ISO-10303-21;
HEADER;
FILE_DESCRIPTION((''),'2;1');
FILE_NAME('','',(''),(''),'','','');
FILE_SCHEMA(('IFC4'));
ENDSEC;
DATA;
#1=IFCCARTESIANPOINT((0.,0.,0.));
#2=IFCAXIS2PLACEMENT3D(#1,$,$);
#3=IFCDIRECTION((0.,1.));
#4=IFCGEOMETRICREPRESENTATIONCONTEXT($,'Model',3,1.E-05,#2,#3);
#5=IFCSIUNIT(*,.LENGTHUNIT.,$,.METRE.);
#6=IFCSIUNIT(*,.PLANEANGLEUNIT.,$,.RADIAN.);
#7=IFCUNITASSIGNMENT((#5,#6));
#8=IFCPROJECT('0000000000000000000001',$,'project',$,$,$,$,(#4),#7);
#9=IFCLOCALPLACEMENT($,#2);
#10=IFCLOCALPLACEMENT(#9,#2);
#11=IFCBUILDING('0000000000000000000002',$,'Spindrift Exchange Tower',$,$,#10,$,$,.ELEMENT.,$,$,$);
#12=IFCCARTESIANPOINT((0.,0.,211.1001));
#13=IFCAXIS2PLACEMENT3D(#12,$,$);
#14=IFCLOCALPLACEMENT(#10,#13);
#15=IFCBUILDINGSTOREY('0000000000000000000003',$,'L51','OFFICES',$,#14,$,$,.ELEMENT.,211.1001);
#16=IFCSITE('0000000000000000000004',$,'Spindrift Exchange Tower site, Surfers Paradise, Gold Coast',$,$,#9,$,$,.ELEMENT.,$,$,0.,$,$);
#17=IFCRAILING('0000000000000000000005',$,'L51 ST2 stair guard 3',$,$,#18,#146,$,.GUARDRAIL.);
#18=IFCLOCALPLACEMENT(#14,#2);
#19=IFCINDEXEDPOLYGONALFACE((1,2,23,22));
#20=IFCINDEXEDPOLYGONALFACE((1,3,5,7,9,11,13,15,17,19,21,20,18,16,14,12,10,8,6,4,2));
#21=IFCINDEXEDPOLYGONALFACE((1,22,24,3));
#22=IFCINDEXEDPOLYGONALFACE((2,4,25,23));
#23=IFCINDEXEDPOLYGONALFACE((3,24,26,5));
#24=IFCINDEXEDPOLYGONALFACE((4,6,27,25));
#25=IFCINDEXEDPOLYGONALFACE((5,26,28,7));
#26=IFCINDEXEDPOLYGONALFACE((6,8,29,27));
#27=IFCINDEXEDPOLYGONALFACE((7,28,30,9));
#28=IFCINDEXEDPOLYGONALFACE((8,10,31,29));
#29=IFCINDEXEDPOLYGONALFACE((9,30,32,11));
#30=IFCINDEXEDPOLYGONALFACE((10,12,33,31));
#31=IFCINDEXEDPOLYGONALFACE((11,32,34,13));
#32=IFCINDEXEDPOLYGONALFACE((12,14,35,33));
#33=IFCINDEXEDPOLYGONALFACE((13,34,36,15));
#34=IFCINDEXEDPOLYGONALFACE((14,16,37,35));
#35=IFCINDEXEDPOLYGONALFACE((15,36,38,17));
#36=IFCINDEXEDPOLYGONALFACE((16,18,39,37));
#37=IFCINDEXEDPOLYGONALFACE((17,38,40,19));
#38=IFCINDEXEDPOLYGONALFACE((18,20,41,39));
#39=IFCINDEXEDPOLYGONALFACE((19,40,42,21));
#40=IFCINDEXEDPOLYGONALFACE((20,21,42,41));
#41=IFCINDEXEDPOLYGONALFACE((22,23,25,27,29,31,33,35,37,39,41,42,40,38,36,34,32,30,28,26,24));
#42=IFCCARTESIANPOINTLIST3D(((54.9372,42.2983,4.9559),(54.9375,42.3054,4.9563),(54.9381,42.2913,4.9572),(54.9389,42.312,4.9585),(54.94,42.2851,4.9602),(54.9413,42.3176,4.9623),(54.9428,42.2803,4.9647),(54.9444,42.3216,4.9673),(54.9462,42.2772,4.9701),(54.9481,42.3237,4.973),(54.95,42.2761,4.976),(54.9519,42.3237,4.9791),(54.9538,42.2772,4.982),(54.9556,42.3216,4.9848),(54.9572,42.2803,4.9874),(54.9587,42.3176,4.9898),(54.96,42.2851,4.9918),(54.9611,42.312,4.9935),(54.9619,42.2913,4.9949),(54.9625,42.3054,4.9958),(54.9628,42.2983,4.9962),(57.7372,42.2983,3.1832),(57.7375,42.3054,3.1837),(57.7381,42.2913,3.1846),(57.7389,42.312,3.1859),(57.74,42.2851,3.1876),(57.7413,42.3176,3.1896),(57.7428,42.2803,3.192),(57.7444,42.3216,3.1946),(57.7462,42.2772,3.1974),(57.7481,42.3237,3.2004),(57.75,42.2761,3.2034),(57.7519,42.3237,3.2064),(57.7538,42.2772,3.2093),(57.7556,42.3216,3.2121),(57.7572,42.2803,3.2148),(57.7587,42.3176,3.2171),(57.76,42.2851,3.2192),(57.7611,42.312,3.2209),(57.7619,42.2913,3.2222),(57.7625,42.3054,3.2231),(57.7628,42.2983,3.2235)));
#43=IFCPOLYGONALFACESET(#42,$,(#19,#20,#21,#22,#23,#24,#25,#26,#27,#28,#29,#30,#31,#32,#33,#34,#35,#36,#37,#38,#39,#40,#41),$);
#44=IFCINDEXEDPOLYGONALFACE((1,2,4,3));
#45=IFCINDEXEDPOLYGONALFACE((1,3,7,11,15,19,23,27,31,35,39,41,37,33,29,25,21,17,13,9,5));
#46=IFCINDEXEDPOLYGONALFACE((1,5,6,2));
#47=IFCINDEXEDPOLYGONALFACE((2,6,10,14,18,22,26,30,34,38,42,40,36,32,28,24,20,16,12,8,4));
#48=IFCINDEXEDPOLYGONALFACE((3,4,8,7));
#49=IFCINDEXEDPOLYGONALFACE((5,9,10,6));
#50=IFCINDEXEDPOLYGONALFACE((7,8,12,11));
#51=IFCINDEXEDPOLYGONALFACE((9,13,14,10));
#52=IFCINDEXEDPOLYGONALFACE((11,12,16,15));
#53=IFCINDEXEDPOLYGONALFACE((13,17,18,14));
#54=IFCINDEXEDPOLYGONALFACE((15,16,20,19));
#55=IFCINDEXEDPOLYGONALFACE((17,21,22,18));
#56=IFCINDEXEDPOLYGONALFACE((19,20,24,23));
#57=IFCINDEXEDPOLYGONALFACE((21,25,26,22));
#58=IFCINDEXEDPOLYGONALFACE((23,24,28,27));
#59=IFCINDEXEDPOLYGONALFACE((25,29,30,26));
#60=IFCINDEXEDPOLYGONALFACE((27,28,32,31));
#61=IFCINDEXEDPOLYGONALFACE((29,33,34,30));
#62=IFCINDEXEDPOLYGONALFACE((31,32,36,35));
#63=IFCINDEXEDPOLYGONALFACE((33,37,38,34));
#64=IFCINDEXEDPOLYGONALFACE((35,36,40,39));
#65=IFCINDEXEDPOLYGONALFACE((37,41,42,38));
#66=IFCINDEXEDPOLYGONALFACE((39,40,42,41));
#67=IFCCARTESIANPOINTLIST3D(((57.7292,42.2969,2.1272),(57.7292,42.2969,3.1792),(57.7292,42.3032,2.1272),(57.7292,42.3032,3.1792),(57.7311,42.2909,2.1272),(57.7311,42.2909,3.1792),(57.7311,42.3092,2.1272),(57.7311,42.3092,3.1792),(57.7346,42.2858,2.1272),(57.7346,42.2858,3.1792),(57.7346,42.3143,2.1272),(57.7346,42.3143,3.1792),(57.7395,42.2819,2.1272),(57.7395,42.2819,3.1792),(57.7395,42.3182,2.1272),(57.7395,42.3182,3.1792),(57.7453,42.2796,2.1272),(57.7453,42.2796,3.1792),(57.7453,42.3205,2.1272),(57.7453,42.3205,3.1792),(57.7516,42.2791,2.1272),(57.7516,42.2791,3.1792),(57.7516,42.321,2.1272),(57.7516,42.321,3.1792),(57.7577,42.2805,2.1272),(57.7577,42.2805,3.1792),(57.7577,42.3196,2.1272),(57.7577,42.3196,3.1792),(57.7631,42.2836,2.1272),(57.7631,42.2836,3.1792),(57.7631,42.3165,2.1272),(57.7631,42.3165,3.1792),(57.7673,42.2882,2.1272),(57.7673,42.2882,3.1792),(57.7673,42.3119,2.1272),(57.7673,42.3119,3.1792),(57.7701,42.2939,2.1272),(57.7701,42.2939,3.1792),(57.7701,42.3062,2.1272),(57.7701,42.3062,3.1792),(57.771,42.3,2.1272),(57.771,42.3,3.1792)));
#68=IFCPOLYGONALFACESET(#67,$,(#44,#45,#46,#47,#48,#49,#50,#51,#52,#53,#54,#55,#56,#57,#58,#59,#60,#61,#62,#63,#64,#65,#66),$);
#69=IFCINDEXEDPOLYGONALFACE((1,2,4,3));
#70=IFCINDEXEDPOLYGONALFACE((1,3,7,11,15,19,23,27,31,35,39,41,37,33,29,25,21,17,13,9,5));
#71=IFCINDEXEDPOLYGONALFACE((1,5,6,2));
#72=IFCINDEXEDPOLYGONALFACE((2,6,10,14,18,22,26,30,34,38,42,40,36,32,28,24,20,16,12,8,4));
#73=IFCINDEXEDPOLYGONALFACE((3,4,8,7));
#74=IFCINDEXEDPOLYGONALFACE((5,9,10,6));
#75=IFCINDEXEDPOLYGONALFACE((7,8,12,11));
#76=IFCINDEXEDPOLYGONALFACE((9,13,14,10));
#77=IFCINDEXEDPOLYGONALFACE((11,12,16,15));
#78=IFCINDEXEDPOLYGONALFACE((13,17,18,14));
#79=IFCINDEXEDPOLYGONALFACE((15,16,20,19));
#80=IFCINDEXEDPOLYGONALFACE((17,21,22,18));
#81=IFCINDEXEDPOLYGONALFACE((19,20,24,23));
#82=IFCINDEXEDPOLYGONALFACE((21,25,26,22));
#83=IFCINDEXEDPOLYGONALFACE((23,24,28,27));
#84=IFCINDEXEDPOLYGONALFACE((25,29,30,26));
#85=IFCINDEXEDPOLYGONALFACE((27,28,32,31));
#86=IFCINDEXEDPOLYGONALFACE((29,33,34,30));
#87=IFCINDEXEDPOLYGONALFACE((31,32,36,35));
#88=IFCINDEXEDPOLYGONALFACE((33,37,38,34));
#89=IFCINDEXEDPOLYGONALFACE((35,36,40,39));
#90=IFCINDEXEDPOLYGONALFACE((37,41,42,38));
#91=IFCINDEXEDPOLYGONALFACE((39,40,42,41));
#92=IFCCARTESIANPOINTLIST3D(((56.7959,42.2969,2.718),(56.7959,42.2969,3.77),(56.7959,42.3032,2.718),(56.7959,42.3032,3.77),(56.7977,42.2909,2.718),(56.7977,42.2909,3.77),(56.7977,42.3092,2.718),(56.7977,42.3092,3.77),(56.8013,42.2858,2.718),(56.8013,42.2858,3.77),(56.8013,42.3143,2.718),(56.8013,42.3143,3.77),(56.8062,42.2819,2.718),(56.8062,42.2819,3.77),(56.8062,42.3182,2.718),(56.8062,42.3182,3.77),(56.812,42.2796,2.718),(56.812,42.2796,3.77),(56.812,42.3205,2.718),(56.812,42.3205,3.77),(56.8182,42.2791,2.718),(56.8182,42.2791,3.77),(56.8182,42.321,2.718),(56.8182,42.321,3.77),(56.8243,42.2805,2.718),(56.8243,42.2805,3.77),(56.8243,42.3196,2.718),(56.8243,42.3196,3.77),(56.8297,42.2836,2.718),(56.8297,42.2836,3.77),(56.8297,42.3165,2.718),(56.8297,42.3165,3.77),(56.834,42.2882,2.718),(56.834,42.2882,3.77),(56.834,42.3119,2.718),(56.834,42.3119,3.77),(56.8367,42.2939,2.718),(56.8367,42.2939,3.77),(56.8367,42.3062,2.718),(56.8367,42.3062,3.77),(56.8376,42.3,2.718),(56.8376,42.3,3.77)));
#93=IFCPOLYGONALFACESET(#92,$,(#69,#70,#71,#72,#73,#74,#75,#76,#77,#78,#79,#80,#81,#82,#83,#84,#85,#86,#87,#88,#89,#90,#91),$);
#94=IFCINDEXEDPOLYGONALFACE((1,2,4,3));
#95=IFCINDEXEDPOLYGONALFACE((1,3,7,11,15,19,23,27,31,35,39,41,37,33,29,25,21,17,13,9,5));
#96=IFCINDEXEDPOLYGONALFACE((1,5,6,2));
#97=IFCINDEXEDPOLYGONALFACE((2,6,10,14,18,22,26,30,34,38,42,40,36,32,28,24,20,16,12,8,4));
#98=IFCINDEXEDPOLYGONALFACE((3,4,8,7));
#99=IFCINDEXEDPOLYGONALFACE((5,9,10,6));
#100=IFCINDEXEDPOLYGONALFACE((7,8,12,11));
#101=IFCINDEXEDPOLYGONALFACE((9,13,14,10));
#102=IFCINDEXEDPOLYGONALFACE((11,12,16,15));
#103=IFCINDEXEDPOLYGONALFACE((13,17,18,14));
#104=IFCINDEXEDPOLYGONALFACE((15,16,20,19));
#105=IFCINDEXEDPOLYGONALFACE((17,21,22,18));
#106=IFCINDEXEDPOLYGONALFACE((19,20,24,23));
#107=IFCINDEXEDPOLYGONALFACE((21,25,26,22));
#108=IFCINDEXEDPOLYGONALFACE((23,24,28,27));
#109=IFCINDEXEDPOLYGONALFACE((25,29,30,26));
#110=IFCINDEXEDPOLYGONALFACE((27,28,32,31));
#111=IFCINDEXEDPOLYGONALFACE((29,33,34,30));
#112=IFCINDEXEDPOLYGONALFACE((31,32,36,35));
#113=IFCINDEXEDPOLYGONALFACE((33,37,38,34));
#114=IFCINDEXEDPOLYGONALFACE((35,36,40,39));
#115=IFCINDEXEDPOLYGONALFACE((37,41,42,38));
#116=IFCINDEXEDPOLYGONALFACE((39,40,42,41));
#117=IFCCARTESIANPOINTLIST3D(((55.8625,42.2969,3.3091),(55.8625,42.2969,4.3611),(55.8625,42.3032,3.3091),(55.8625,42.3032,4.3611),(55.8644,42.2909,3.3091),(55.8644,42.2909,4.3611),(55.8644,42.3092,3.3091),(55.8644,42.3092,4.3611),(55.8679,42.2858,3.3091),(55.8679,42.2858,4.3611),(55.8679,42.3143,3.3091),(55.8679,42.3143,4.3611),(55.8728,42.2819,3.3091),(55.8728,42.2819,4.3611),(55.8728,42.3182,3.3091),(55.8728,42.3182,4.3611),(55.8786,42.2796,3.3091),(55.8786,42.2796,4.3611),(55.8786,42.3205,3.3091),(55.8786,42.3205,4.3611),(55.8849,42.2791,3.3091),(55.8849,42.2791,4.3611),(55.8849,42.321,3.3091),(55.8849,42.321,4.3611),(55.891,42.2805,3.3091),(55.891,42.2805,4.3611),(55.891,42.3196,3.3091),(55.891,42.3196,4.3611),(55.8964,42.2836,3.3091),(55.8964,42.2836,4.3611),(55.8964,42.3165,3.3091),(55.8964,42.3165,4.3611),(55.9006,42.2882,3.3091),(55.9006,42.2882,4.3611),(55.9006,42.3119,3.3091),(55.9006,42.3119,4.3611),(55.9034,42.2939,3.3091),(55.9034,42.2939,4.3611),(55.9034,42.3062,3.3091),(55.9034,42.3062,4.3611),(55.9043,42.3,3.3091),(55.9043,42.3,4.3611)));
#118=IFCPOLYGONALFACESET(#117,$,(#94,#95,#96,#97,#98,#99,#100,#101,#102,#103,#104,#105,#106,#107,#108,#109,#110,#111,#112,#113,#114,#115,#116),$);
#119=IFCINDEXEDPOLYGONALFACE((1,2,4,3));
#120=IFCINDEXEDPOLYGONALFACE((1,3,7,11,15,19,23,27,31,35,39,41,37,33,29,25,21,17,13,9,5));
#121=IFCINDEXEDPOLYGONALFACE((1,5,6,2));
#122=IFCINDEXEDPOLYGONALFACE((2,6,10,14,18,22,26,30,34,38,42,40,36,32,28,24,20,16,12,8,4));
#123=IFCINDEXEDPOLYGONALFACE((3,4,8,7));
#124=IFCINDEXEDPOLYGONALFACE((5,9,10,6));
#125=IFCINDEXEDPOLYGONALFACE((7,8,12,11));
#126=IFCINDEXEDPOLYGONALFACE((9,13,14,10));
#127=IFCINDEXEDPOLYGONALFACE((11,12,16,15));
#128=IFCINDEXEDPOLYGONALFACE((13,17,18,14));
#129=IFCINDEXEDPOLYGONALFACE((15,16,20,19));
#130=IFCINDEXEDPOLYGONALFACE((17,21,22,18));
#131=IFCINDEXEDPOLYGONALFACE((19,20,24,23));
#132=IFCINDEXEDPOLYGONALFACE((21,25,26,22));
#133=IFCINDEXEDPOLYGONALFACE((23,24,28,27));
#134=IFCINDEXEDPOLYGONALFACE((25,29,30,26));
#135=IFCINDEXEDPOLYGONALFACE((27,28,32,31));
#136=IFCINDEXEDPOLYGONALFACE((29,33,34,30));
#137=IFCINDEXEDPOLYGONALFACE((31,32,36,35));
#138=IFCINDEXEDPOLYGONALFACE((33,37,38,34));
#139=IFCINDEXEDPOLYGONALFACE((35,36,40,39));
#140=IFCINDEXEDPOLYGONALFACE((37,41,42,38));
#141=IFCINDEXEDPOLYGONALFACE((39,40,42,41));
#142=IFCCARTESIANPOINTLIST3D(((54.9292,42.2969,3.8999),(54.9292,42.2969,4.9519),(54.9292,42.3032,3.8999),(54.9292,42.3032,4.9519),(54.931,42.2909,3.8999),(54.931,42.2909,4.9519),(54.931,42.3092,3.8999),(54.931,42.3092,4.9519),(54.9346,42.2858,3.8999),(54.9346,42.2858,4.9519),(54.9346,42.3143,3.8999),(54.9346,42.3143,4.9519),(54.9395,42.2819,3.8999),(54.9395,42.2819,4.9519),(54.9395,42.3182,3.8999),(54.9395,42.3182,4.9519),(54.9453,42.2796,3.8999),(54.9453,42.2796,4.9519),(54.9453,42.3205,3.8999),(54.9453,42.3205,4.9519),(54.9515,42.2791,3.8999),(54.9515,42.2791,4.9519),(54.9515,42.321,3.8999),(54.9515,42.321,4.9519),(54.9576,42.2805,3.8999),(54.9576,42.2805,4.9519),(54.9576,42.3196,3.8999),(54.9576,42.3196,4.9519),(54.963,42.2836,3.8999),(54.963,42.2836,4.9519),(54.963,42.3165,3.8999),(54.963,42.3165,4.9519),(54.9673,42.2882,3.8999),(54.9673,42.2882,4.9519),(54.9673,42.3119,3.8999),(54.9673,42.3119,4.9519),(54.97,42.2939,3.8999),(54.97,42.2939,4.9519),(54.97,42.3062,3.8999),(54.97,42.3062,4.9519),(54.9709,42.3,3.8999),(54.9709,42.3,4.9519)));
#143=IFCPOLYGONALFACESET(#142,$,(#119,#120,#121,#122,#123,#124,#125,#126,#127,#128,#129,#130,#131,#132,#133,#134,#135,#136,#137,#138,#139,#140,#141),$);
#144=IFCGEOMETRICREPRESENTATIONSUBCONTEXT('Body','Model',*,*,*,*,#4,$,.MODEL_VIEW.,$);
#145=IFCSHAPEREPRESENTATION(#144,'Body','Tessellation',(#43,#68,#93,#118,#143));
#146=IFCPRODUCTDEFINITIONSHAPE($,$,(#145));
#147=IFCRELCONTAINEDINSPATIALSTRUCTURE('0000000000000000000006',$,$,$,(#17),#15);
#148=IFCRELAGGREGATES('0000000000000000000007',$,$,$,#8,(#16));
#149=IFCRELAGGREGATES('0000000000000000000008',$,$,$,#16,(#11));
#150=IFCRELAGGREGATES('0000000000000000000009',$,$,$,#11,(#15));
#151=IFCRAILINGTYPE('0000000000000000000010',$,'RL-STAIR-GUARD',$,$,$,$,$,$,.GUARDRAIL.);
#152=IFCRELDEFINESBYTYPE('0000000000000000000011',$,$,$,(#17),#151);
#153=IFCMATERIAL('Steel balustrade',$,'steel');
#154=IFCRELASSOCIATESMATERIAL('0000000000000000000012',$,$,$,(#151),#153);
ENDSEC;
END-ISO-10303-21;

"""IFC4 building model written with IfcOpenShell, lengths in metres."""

from ifc_helpers import new_model, si_unit, direction, frame, origin, origin_2d, place, context, subcontext, project, spatial, circle, extrude, material, type_object, element, save


model = new_model("IFC4")

# Units and contexts
model_context = context("Model", 3, precision=1e-05, world=origin(), true_north=direction((0.0, 1.0)))
body_context = subcontext(model_context, "Body", "Model", "MODEL_VIEW")
ifc_project = project(units=[si_unit("LENGTHUNIT", "METRE"), si_unit("PLANEANGLEUNIT", "RADIAN")], contexts=[model_context])

# Site, building, storey
site_placement = place(None, origin())
site = spatial("IfcSite", under=ifc_project, at=site_placement, Name="Spindrift Exchange Tower site, Surfers Paradise, Gold Coast", CompositionType="ELEMENT", RefElevation=0.0)
building_placement = place(site_placement, origin())
building = spatial("IfcBuilding", under=site, at=building_placement, Name="Spindrift Exchange Tower", CompositionType="ELEMENT")
storey_placement = place(building_placement, frame((0.0, 0.0, 211.1001)))
storey = spatial("IfcBuildingStorey", under=building, at=storey_placement, Name="L51", Description="OFFICES", CompositionType="ELEMENT", Elevation=211.1001)

# Railing
ifc_material_1 = material(Name="Steel balustrade", Category="steel")
railing_type_1 = type_object("IfcRailingType", Name="RL-STAIR-GUARD", PredefinedType="GUARDRAIL", material=ifc_material_1)
railing_1_placement = place(storey_placement, frame((57.75, 42.3, 2.1272)))
element("IfcRailing", 1, at=railing_1_placement, inside=storey, type_object=railing_type_1, Name="L51 ST2 stair guard 3", PredefinedType="GUARDRAIL", context=body_context, shape_type="SweptSolid", body=[
    extrude(circle(Radius=0.0239, at=origin_2d()), frame((0.0, 0.0, 1.0762), z_axis=(-0.844909, 0.0, 0.53491), x_axis=(0.0, -1.0, 0.0)), (0.0, 0.0, 1.0), 3.314),
    extrude(circle(Radius=0.021, at=origin_2d()), origin(), (0.0, 0.0, 1.0), 1.052),
    extrude(circle(Radius=0.021, at=origin_2d()), frame((-0.9333, 0.0, 0.5908)), (0.0, 0.0, 1.0), 1.052),
    extrude(circle(Radius=0.021, at=origin_2d()), frame((-1.8667, 0.0, 1.1819)), (0.0, 0.0, 1.0), 1.052),
    extrude(circle(Radius=0.021, at=origin_2d()), frame((-2.8, 0.0, 1.7727)), (0.0, 0.0, 1.0), 1.052),
])

save(model, "model.ifc")
